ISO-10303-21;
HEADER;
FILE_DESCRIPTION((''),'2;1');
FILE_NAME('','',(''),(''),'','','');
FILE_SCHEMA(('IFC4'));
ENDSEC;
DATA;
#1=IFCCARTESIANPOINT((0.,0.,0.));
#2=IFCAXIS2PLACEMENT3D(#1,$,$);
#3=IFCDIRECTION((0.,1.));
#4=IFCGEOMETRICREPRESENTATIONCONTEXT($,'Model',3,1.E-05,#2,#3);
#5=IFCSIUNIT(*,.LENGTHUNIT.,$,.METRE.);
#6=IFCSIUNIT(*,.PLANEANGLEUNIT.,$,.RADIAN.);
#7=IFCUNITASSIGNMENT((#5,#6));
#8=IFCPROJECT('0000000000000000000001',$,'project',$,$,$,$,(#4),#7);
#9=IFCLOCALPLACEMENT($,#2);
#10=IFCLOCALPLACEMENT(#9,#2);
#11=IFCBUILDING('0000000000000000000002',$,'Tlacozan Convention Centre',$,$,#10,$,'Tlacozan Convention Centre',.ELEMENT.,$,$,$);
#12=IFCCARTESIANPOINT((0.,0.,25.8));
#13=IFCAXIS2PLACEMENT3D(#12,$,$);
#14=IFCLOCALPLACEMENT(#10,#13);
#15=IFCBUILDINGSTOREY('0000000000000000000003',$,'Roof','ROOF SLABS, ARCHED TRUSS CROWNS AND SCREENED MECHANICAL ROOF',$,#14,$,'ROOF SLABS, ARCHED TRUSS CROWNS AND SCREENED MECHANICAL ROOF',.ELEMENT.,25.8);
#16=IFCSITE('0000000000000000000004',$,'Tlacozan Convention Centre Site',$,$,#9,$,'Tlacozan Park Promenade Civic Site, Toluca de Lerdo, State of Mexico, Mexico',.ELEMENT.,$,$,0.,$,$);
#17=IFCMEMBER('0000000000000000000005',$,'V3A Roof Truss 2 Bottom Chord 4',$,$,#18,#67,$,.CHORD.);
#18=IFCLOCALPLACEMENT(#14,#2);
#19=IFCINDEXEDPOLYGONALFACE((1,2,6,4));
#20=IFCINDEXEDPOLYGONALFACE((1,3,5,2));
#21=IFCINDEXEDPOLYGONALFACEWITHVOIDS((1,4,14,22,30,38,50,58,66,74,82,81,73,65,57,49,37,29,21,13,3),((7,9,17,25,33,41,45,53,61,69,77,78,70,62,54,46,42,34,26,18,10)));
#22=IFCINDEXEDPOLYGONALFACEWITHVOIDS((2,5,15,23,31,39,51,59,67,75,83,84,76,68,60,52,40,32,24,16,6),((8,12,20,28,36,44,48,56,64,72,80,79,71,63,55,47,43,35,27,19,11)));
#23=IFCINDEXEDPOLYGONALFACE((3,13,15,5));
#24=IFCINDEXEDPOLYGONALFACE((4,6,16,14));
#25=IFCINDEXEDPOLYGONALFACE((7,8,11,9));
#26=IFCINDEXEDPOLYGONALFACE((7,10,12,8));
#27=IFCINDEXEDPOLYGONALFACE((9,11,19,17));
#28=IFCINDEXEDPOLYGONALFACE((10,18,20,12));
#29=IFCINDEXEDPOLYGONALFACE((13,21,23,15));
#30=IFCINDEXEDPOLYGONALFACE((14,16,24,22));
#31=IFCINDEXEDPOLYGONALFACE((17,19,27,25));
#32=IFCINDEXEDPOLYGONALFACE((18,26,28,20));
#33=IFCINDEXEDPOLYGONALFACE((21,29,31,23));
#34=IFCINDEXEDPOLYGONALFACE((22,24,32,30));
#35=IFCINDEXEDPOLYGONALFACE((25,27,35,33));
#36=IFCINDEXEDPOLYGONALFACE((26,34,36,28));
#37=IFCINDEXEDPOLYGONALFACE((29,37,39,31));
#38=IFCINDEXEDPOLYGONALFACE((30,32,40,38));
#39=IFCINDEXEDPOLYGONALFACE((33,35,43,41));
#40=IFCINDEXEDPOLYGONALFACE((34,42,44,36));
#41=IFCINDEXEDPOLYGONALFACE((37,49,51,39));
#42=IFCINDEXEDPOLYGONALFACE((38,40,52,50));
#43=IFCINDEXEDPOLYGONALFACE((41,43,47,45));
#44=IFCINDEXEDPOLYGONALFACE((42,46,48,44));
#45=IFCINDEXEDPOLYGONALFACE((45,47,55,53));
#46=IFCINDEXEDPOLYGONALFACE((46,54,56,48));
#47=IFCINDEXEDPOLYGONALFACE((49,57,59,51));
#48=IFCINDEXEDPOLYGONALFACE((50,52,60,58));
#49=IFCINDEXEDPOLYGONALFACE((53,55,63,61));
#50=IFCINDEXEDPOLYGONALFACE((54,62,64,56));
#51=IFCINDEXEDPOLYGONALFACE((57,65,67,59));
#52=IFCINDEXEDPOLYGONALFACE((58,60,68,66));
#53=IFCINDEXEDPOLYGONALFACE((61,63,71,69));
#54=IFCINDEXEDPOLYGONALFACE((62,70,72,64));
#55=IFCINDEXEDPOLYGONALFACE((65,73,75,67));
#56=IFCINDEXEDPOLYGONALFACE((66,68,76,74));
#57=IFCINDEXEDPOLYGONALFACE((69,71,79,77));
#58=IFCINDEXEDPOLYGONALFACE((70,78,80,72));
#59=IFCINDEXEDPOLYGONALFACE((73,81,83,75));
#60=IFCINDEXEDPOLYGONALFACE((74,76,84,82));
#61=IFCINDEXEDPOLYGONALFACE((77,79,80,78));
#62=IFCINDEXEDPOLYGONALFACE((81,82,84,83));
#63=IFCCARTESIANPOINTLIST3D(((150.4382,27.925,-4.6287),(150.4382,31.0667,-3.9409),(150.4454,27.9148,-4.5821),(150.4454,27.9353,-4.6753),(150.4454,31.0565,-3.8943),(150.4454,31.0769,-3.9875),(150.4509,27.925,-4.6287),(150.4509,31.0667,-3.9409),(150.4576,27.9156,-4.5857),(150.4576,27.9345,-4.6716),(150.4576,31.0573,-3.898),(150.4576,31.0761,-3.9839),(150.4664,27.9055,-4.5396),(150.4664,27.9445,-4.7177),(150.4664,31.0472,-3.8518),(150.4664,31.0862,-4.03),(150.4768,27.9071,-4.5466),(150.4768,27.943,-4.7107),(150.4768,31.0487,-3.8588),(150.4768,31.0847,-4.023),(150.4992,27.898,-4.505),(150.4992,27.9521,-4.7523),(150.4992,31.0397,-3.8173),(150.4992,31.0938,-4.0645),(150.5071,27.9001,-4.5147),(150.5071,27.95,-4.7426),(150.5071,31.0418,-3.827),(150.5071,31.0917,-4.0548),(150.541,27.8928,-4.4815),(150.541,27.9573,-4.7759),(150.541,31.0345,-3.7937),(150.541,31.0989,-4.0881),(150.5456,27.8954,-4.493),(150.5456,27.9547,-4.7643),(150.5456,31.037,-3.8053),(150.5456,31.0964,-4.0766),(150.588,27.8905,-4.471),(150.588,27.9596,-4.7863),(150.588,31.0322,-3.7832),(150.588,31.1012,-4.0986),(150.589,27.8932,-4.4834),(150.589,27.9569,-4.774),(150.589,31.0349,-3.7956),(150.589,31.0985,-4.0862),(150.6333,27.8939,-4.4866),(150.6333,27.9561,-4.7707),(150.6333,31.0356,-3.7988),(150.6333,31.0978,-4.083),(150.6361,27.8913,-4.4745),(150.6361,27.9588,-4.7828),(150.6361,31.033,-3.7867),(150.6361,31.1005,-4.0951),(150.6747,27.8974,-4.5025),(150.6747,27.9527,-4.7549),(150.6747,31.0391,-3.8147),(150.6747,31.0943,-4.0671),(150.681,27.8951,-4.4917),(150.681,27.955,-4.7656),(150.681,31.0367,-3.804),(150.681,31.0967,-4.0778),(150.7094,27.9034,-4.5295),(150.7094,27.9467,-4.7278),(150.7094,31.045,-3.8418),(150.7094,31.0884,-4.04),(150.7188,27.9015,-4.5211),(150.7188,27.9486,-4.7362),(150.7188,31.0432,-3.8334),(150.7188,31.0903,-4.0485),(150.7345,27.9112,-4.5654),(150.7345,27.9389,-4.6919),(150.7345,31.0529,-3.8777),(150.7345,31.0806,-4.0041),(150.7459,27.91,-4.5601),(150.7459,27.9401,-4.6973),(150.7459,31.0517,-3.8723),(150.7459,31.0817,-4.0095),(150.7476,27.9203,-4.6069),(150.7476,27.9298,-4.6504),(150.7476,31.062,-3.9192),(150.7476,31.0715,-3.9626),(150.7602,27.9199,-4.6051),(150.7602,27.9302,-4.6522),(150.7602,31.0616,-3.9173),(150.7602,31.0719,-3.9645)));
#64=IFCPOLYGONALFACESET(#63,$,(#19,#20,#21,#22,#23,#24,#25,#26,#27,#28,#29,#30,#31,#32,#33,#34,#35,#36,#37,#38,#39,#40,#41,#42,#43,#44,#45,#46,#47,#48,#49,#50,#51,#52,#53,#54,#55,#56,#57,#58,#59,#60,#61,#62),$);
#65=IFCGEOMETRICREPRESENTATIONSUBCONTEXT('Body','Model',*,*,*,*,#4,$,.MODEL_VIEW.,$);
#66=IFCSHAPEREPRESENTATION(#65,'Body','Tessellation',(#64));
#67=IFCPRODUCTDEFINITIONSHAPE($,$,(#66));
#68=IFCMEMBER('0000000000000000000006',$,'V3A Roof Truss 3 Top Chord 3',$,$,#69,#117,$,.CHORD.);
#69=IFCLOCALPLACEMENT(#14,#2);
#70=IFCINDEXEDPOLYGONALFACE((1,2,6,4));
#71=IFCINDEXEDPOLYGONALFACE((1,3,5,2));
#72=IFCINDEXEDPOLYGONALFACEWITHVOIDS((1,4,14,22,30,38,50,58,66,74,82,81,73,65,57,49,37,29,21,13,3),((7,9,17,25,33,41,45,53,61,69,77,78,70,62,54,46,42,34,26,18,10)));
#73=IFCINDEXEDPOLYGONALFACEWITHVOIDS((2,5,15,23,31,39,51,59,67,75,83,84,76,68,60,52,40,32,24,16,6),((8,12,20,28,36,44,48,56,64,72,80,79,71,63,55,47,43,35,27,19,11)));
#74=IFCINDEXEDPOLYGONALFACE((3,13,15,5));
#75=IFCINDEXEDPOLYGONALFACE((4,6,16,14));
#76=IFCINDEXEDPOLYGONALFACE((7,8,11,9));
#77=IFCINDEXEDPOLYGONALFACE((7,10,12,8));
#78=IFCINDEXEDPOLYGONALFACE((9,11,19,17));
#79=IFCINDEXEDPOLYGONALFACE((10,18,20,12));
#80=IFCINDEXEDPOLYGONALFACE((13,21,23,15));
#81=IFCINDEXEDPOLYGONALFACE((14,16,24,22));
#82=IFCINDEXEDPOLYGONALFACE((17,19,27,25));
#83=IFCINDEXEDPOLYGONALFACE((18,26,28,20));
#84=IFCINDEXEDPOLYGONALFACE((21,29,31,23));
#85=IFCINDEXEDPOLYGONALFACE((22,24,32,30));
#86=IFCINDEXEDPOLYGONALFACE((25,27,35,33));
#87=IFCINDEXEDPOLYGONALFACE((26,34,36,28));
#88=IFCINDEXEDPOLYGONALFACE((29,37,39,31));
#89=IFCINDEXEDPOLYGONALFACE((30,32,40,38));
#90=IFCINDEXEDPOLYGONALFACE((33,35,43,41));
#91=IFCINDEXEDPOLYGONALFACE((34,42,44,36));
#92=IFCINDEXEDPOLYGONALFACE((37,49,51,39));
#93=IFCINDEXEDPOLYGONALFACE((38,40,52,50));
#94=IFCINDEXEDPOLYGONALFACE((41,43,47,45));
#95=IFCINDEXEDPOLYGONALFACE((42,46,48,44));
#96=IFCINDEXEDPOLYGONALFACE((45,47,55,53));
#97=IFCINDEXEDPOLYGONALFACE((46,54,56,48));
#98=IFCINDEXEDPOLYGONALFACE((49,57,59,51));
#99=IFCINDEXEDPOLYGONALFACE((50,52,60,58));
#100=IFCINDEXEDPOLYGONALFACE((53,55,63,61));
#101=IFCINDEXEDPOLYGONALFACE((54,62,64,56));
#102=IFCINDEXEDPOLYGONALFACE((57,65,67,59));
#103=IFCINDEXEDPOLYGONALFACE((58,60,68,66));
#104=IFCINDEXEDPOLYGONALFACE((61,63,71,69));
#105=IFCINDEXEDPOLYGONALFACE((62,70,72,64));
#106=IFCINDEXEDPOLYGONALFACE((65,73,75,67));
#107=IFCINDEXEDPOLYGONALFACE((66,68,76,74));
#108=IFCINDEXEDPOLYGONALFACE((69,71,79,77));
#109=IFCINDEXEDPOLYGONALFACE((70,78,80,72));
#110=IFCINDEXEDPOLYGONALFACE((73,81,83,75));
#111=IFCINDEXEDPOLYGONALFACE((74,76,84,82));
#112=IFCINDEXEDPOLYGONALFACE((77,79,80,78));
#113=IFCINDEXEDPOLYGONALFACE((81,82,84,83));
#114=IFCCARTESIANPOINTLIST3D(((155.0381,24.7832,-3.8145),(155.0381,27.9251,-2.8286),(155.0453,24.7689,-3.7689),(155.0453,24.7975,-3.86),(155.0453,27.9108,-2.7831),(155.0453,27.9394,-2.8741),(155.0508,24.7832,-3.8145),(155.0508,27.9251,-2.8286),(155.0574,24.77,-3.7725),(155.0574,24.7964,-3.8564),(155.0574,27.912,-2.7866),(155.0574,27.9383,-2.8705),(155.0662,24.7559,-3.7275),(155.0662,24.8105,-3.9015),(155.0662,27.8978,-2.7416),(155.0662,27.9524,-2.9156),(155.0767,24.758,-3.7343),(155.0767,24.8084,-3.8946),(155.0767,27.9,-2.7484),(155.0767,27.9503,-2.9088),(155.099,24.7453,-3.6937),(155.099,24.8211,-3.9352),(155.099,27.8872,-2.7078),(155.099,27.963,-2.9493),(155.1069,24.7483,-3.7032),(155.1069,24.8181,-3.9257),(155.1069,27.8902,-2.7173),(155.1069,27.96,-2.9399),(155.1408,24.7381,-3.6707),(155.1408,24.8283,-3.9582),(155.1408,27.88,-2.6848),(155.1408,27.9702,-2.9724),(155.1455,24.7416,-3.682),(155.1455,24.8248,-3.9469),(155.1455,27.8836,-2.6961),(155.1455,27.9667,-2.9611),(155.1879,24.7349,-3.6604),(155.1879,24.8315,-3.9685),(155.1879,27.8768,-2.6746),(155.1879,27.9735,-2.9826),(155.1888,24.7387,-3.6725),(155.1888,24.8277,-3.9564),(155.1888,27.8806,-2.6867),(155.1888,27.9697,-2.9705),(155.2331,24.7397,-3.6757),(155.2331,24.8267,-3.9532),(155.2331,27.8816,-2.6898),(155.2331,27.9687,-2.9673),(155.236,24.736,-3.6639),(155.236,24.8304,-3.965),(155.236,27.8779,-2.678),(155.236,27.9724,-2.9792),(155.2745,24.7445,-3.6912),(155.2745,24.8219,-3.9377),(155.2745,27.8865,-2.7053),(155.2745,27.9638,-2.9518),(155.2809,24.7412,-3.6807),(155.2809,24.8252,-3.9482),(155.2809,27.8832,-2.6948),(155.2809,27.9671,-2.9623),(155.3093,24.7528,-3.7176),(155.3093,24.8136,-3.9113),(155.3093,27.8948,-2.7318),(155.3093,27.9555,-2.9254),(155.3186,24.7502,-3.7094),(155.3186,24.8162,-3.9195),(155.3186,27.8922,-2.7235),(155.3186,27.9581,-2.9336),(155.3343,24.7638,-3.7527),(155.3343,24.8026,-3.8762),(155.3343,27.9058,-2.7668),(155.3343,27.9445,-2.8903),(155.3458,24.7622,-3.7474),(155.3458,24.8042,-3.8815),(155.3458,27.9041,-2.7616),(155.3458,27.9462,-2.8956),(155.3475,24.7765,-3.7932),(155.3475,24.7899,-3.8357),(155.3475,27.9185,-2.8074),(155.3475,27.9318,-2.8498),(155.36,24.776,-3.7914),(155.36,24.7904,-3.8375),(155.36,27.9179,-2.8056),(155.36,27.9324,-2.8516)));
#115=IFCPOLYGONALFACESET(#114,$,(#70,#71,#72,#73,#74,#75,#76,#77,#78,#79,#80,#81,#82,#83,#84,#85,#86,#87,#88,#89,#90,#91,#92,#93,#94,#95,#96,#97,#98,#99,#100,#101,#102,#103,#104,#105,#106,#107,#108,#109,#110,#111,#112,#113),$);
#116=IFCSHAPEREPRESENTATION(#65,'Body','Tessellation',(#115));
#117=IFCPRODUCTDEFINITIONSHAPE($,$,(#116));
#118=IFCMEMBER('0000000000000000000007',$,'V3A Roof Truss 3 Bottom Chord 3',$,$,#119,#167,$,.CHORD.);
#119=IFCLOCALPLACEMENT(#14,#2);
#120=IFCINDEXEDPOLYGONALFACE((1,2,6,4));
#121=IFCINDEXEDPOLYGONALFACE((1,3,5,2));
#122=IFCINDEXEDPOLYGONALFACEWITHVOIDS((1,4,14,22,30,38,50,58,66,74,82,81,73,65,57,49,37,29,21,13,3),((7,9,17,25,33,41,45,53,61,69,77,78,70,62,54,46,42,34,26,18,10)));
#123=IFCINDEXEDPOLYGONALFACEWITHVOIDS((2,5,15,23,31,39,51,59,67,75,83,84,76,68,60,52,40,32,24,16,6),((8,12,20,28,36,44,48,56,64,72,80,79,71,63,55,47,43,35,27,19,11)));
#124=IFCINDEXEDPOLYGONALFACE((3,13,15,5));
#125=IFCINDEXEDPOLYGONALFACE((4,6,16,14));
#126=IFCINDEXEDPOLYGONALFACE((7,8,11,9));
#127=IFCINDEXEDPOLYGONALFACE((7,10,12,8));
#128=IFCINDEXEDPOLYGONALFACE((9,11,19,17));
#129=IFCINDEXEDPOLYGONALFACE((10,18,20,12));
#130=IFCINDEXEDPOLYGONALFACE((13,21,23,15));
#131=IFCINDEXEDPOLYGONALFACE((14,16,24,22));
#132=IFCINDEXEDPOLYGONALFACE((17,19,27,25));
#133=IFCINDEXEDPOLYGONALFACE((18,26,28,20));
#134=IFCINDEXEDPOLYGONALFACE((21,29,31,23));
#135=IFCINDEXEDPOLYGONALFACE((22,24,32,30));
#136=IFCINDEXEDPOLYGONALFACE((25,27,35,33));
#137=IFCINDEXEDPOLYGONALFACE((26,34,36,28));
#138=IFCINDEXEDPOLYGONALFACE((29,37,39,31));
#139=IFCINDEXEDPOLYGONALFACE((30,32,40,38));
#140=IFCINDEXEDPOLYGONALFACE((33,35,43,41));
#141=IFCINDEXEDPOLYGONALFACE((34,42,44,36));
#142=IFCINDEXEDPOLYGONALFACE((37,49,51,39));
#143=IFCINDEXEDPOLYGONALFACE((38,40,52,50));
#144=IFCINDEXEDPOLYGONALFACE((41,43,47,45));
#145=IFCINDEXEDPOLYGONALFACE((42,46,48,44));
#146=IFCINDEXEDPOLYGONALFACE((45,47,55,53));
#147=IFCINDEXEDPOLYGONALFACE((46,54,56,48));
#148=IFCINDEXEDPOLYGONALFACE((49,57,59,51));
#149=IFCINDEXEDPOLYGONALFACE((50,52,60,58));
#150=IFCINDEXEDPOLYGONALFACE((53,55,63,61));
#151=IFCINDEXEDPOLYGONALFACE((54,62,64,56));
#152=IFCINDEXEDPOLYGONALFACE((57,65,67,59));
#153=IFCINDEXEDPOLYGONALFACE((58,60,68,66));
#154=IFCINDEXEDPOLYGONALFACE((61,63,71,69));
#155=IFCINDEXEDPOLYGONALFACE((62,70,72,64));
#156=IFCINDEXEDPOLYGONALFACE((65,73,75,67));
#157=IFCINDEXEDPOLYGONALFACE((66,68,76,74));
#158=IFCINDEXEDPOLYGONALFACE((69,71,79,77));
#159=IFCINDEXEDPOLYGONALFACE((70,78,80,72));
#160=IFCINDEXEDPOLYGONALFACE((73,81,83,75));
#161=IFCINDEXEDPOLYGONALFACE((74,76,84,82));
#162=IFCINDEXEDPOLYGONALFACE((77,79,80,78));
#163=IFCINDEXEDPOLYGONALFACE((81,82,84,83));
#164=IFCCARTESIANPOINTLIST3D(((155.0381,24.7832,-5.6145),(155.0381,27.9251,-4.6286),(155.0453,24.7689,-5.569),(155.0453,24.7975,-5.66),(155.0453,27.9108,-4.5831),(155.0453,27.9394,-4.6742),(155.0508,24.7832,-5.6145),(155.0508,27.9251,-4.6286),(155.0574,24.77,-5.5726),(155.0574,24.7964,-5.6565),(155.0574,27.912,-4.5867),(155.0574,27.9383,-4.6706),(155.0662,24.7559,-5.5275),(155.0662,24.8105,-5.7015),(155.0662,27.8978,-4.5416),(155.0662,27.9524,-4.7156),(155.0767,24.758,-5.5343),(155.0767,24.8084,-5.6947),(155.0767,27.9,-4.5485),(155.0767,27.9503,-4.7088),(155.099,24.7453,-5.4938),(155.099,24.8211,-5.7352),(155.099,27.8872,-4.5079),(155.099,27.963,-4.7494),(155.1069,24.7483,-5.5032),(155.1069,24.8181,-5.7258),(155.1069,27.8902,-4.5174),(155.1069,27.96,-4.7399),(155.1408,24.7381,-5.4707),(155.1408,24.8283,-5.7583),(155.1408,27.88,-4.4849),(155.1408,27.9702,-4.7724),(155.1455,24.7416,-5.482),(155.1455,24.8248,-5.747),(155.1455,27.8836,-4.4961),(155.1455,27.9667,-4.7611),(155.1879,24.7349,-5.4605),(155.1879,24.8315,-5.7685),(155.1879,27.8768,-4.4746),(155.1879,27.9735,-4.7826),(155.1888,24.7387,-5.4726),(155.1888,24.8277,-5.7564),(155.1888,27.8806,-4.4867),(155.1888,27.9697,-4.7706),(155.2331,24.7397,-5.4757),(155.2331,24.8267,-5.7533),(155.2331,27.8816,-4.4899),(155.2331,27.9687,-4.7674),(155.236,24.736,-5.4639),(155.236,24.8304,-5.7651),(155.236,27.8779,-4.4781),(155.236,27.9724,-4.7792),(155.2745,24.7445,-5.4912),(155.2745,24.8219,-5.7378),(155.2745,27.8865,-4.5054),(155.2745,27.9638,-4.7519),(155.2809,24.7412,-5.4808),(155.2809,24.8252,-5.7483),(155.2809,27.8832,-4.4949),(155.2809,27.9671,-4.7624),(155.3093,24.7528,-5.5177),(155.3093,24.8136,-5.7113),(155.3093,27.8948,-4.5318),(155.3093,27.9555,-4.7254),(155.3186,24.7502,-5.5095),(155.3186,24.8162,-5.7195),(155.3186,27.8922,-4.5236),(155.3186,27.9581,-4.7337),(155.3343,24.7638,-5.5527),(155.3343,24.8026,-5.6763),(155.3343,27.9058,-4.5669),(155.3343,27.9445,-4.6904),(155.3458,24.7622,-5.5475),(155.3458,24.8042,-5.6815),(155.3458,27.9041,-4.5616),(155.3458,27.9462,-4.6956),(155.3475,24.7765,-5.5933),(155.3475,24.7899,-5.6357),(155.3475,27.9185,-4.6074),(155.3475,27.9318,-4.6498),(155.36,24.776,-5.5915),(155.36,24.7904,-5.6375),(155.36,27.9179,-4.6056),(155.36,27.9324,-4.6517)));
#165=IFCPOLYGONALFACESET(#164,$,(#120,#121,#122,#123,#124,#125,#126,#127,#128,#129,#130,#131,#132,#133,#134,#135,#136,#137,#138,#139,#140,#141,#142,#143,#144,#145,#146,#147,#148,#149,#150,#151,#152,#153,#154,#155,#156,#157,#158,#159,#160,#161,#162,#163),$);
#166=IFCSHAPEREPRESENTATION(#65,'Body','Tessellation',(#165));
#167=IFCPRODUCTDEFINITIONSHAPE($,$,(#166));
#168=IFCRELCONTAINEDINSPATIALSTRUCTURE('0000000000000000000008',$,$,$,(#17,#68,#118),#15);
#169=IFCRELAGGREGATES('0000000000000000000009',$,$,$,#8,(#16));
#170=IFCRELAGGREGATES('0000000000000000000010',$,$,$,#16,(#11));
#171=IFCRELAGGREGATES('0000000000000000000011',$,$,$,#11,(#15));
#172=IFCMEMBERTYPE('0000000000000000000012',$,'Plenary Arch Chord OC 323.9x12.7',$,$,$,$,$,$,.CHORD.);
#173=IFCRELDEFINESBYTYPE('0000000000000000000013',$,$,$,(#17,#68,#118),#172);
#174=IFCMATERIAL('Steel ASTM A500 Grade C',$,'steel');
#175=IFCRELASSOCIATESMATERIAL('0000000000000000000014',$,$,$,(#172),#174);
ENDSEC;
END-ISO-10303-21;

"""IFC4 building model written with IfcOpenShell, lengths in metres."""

from ifc_helpers import new_model, si_unit, direction, frame, origin, origin_2d, place, context, subcontext, project, spatial, hollow_circle, extrude, material, material_profile, profile_set, type_object, element, save


model = new_model("IFC4")

# Units and contexts
model_context = context("Model", 3, precision=1e-05, world=origin(), true_north=direction((0.0, 1.0)))
body_context = subcontext(model_context, "Body", "Model", "MODEL_VIEW")
ifc_project = project(units=[si_unit("LENGTHUNIT", "METRE"), si_unit("PLANEANGLEUNIT", "RADIAN")], contexts=[model_context])

# Site, building, storey
site_placement = place(None, origin())
site = spatial("IfcSite", under=ifc_project, at=site_placement, Name="Tlacozan Convention Centre Site", LongName="Tlacozan Park Promenade Civic Site, Toluca de Lerdo, State of Mexico, Mexico", CompositionType="ELEMENT", RefElevation=0.0)
building_placement = place(site_placement, origin())
building = spatial("IfcBuilding", under=site, at=building_placement, Name="Tlacozan Convention Centre", LongName="Tlacozan Convention Centre", CompositionType="ELEMENT")
storey_placement = place(building_placement, frame((0.0, 0.0, 25.8)))
storey = spatial("IfcBuildingStorey", under=building, at=storey_placement, Name="Roof", Description="ROOF SLABS, ARCHED TRUSS CROWNS AND SCREENED MECHANICAL ROOF", LongName="ROOF SLABS, ARCHED TRUSS CROWNS AND SCREENED MECHANICAL ROOF", CompositionType="ELEMENT", Elevation=25.8)

# Members
ifc_material_1 = material(Name="Steel ASTM A500 Grade C", Category="steel")
ifc_material_profile_1 = material_profile(ifc_material_1, hollow_circle(Radius=0.1619, WallThickness=0.0127, at=origin_2d()), Name="OC 323.9x12.7")
ifc_profile_set_1 = profile_set([ifc_material_profile_1], Name="Steel ASTM A500 Grade C")
member_type_1 = type_object("IfcMemberType", Name="Plenary Arch Chord OC 323.9x12.7", PredefinedType="CHORD", material=ifc_profile_set_1)
for number, where, z_axis, x_axis, name in (
    (1, (150.6001, 27.925, -4.6287), (0.0, 0.976866, 0.213851), (-1.0, 0.0, 0.0), "V3A Roof Truss 2 Bottom Chord 4"),
):
    element("IfcMember", number, at=place(storey_placement, frame(where, z_axis=z_axis, x_axis=x_axis)), inside=storey, type_object=member_type_1, Name=name, PredefinedType="CHORD", context=body_context, shape_type="SweptSolid", body=[
        extrude(hollow_circle(Radius=0.1619, WallThickness=0.0127, at=origin_2d()), origin(), (0.0, 0.0, 1.0), 3.2161),
    ])
for number, where, z_axis, x_axis, name in (
    (2, (155.2, 24.7832, -3.8145), (0.0, 0.954132, 0.299385), (-1.0, 0.0, 0.0), "V3A Roof Truss 3 Top Chord 3"),
    (3, (155.2, 24.7832, -5.6145), (0.0, 0.954132, 0.299385), (-1.0, 0.0, 0.0), "V3A Roof Truss 3 Bottom Chord 3"),
):
    element("IfcMember", number, at=place(storey_placement, frame(where, z_axis=z_axis, x_axis=x_axis)), inside=storey, type_object=member_type_1, Name=name, PredefinedType="CHORD", context=body_context, shape_type="SweptSolid", body=[
        extrude(hollow_circle(Radius=0.1619, WallThickness=0.0127, at=origin_2d()), origin(), (0.0, 0.0, 1.0), 3.293),
    ])

save(model, "model.ifc")
